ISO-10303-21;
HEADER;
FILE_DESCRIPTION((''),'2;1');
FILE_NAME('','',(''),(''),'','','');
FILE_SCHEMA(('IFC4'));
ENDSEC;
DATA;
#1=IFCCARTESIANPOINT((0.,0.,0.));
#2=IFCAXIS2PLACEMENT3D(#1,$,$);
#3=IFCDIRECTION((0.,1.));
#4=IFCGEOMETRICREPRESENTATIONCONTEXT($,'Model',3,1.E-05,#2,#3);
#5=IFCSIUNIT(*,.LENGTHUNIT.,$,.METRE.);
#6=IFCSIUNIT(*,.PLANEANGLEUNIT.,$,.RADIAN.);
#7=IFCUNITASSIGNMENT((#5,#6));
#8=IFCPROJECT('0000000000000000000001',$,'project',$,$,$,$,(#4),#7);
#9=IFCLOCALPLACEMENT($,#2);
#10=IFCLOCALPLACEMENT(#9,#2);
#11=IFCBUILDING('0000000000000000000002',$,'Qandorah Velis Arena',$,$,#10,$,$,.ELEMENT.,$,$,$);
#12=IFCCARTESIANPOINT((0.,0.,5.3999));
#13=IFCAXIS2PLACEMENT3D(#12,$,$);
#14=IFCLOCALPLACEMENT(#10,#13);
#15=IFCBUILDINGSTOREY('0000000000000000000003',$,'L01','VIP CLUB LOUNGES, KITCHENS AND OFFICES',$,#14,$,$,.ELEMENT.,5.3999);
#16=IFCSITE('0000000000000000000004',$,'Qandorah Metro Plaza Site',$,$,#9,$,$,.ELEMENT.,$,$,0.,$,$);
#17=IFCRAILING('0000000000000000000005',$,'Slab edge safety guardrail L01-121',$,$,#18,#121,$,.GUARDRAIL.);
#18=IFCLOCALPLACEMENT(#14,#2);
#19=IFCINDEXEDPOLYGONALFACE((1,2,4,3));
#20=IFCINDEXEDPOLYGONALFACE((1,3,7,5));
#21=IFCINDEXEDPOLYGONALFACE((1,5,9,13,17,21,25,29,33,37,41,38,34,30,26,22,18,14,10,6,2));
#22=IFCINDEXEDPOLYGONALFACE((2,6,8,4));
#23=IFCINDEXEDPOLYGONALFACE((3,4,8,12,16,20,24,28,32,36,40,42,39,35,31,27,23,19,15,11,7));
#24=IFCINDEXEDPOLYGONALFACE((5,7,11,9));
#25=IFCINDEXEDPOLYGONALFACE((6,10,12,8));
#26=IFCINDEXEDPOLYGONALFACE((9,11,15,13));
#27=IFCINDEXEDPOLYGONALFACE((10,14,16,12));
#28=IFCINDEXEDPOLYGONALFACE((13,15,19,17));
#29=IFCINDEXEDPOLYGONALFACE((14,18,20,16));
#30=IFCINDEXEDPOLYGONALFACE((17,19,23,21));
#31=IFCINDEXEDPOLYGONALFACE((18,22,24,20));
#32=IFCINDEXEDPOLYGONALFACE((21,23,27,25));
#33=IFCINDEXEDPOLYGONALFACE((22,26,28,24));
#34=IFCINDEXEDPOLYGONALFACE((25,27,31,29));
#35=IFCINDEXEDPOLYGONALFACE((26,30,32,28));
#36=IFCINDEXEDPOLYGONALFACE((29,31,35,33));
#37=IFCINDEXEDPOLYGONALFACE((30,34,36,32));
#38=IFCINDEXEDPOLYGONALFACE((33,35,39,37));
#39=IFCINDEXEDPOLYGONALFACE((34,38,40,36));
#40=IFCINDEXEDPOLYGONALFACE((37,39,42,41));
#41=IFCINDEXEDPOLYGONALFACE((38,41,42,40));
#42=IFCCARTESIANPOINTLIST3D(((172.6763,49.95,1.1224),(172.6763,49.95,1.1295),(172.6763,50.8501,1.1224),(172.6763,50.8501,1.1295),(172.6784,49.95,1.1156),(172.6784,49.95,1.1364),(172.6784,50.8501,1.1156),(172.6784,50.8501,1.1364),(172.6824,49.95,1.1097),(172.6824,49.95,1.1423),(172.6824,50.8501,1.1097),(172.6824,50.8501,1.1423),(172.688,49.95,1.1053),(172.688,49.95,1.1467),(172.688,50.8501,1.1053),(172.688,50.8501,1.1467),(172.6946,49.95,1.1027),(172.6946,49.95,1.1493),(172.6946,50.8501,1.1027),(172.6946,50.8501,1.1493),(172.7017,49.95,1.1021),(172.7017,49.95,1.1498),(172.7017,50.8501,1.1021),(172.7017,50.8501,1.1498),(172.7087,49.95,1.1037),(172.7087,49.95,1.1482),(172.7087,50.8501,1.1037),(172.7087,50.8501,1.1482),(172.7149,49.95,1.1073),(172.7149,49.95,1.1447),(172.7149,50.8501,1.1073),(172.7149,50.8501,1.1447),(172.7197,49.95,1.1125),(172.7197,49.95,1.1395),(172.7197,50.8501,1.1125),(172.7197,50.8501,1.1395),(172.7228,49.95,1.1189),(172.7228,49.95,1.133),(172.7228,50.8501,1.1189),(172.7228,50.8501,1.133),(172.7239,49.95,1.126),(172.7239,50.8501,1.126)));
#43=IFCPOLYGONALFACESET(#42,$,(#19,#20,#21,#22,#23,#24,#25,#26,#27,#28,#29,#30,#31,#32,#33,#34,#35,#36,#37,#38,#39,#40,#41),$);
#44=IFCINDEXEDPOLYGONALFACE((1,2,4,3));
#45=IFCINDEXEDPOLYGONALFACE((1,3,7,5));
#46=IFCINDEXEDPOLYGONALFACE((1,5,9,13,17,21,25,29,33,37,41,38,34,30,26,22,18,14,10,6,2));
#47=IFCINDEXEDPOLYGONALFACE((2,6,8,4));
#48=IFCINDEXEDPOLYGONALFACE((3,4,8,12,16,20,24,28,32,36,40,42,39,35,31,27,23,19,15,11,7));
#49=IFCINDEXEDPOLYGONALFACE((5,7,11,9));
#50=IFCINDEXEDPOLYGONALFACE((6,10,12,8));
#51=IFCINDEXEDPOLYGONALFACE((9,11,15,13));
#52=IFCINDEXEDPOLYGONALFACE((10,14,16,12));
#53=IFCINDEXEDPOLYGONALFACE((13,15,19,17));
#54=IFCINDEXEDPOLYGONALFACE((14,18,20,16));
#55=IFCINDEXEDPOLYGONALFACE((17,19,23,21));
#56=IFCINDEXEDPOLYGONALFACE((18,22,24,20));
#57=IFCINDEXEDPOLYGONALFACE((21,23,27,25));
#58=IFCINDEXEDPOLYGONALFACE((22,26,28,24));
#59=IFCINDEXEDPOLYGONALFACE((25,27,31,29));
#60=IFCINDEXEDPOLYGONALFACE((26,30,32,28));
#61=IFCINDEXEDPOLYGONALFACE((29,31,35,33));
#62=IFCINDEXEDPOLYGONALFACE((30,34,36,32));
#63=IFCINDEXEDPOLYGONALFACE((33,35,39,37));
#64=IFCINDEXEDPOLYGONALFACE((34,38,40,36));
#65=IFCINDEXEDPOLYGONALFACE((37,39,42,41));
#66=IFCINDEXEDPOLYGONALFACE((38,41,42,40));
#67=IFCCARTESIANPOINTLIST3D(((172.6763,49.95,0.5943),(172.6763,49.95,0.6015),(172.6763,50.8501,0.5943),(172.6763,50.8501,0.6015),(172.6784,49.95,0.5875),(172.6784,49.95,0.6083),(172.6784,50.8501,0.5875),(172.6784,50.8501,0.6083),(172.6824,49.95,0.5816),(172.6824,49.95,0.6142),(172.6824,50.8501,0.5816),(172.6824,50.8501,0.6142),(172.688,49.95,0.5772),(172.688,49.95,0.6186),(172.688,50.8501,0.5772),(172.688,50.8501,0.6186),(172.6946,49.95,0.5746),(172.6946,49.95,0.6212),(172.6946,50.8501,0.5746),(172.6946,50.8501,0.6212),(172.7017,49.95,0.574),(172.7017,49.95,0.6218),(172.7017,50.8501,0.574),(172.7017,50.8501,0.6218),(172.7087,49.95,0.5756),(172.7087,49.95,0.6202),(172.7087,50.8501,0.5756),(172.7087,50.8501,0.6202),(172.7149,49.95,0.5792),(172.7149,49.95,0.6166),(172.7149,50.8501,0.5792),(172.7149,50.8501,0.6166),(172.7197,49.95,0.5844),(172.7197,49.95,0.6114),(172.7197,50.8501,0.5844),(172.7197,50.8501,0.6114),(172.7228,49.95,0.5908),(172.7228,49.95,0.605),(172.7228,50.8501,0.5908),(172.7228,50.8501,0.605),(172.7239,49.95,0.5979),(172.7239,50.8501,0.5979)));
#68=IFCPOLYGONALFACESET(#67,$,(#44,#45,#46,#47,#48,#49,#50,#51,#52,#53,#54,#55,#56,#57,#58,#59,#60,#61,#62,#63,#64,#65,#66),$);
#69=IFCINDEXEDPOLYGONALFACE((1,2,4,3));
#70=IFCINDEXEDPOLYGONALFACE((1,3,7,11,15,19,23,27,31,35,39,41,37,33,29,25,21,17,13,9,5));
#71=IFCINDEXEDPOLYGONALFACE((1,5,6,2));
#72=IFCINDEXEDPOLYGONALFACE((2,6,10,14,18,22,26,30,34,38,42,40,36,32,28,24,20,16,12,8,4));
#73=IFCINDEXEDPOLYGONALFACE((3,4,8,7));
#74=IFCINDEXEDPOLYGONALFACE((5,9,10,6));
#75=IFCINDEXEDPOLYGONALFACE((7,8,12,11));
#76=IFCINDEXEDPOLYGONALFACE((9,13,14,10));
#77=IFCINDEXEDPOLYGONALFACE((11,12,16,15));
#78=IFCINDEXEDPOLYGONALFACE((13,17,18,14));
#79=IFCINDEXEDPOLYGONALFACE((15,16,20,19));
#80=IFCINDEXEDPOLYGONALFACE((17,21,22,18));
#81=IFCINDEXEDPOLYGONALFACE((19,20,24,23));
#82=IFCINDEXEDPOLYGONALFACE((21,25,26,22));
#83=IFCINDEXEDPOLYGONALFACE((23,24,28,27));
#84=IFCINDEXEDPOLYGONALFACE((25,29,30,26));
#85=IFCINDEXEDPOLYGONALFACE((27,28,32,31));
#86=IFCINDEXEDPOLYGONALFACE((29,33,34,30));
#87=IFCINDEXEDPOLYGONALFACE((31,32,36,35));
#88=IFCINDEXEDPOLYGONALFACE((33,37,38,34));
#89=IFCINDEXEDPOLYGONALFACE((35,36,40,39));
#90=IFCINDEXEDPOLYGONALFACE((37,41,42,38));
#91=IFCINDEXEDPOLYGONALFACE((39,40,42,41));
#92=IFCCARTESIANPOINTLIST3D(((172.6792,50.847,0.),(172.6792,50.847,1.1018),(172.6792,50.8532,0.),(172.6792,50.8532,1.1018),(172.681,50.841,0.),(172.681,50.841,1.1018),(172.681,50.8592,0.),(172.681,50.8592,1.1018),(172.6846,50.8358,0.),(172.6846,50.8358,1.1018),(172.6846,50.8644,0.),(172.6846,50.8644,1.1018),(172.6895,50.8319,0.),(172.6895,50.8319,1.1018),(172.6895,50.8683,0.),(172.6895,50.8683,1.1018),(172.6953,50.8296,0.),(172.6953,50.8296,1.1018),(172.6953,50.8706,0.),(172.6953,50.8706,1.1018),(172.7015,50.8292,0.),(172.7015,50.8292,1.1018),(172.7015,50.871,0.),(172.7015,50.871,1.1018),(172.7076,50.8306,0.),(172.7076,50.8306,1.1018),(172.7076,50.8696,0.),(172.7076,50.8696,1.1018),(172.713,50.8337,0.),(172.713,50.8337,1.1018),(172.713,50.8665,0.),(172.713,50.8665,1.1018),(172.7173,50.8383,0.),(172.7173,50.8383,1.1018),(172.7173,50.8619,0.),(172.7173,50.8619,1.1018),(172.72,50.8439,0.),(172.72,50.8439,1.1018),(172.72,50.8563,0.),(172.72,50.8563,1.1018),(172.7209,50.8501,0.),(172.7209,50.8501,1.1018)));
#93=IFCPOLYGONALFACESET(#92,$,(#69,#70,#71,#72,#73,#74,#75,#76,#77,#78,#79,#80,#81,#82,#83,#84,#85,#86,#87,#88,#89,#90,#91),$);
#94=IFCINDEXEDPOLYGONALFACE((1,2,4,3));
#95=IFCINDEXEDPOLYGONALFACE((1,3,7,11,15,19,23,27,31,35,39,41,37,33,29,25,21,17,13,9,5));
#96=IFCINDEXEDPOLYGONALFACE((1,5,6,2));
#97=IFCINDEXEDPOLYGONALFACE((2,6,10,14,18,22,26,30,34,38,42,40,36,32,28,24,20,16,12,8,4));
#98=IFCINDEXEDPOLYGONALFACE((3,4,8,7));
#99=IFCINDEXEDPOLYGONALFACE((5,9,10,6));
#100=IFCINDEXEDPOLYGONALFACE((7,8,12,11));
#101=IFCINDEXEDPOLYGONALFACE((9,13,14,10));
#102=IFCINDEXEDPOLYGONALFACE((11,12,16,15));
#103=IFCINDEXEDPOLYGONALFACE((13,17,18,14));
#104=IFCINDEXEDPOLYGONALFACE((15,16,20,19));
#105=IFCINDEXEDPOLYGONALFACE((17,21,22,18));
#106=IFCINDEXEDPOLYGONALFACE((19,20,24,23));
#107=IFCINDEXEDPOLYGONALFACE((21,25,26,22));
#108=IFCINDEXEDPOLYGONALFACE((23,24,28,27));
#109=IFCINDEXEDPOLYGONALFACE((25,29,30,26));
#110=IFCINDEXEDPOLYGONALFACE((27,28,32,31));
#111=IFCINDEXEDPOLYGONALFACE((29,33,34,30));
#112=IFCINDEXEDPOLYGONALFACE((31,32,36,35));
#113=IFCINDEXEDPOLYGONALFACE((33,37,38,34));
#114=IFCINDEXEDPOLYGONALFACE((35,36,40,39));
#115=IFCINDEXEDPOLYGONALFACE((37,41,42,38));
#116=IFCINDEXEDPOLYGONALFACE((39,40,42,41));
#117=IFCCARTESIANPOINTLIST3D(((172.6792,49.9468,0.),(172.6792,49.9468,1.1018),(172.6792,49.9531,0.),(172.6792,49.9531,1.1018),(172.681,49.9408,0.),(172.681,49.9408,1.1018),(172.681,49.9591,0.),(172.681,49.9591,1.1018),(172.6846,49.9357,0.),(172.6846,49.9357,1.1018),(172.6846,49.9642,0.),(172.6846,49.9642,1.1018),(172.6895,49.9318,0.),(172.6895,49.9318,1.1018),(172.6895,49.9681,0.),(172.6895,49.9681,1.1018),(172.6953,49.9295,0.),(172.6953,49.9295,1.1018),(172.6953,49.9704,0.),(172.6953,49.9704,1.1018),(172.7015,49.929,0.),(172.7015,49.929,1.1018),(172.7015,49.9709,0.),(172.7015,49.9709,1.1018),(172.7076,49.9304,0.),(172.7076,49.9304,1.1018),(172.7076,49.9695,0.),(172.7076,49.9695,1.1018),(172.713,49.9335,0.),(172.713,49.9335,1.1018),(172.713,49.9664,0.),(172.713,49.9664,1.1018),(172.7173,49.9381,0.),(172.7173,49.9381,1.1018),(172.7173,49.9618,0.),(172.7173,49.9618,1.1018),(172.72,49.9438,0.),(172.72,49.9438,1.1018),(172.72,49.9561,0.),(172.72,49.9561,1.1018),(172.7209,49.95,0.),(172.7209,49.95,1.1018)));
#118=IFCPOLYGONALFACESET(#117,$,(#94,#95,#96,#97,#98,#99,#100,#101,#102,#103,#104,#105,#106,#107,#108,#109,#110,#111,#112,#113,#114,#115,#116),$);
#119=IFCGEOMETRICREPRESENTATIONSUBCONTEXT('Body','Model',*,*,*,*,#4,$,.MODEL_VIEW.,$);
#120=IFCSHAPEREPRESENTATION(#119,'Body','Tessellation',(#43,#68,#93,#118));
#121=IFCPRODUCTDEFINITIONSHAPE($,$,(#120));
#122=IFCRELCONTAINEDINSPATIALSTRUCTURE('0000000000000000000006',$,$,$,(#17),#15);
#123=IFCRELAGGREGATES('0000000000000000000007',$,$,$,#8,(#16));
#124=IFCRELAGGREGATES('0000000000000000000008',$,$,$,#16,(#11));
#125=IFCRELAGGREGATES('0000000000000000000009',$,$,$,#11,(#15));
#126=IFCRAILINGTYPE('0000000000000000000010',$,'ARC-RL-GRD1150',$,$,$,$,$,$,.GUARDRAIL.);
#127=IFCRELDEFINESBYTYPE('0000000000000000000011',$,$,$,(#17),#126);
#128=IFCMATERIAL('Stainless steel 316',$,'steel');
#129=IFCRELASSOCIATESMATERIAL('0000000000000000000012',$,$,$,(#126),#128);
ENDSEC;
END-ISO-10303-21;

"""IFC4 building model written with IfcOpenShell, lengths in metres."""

from ifc_helpers import new_model, si_unit, direction, frame, origin, origin_2d, place, context, subcontext, project, spatial, circle, extrude, material, type_object, element, save


model = new_model("IFC4")

# Units and contexts
model_context = context("Model", 3, precision=1e-05, world=origin(), true_north=direction((0.0, 1.0)))
body_context = subcontext(model_context, "Body", "Model", "MODEL_VIEW")
ifc_project = project(units=[si_unit("LENGTHUNIT", "METRE"), si_unit("PLANEANGLEUNIT", "RADIAN")], contexts=[model_context])

# Site, building, storey
site_placement = place(None, origin())
site = spatial("IfcSite", under=ifc_project, at=site_placement, Name="Qandorah Metro Plaza Site", CompositionType="ELEMENT", RefElevation=0.0)
building_placement = place(site_placement, origin())
building = spatial("IfcBuilding", under=site, at=building_placement, Name="Qandorah Velis Arena", CompositionType="ELEMENT")
storey_placement = place(building_placement, frame((0.0, 0.0, 5.3999)))
storey = spatial("IfcBuildingStorey", under=building, at=storey_placement, Name="L01", Description="VIP CLUB LOUNGES, KITCHENS AND OFFICES", CompositionType="ELEMENT", Elevation=5.3999)

# Railing
ifc_material_1 = material(Name="Stainless steel 316", Category="steel")
railing_type = type_object("IfcRailingType", Name="ARC-RL-GRD1150", PredefinedType="GUARDRAIL", material=ifc_material_1)
railing_1_placement = place(storey_placement, frame((172.7, 50.8501, 0.0)))
element("IfcRailing", 1, at=railing_1_placement, inside=storey, type_object=railing_type, Name="Slab edge safety guardrail L01-121", PredefinedType="GUARDRAIL", context=body_context, shape_type="SweptSolid", body=[
    extrude(circle(Radius=0.0239, at=origin_2d()), frame((0.0, 0.0, 1.126), z_axis=(0.0, -1.0, 0.0), x_axis=(1.0, 0.0, 0.0)), (0.0, 0.0, 1.0), 0.9001),
    extrude(circle(Radius=0.0239, at=origin_2d()), frame((0.0, 0.0, 0.5979), z_axis=(0.0, -1.0, 0.0), x_axis=(1.0, 0.0, 0.0)), (0.0, 0.0, 1.0), 0.9001),
    extrude(circle(Radius=0.021, at=origin_2d()), origin(), (0.0, 0.0, 1.0), 1.1018),
    extrude(circle(Radius=0.021, at=origin_2d()), frame((0.0, -0.9001, 0.0)), (0.0, 0.0, 1.0), 1.1018),
])

save(model, "model.ifc")
